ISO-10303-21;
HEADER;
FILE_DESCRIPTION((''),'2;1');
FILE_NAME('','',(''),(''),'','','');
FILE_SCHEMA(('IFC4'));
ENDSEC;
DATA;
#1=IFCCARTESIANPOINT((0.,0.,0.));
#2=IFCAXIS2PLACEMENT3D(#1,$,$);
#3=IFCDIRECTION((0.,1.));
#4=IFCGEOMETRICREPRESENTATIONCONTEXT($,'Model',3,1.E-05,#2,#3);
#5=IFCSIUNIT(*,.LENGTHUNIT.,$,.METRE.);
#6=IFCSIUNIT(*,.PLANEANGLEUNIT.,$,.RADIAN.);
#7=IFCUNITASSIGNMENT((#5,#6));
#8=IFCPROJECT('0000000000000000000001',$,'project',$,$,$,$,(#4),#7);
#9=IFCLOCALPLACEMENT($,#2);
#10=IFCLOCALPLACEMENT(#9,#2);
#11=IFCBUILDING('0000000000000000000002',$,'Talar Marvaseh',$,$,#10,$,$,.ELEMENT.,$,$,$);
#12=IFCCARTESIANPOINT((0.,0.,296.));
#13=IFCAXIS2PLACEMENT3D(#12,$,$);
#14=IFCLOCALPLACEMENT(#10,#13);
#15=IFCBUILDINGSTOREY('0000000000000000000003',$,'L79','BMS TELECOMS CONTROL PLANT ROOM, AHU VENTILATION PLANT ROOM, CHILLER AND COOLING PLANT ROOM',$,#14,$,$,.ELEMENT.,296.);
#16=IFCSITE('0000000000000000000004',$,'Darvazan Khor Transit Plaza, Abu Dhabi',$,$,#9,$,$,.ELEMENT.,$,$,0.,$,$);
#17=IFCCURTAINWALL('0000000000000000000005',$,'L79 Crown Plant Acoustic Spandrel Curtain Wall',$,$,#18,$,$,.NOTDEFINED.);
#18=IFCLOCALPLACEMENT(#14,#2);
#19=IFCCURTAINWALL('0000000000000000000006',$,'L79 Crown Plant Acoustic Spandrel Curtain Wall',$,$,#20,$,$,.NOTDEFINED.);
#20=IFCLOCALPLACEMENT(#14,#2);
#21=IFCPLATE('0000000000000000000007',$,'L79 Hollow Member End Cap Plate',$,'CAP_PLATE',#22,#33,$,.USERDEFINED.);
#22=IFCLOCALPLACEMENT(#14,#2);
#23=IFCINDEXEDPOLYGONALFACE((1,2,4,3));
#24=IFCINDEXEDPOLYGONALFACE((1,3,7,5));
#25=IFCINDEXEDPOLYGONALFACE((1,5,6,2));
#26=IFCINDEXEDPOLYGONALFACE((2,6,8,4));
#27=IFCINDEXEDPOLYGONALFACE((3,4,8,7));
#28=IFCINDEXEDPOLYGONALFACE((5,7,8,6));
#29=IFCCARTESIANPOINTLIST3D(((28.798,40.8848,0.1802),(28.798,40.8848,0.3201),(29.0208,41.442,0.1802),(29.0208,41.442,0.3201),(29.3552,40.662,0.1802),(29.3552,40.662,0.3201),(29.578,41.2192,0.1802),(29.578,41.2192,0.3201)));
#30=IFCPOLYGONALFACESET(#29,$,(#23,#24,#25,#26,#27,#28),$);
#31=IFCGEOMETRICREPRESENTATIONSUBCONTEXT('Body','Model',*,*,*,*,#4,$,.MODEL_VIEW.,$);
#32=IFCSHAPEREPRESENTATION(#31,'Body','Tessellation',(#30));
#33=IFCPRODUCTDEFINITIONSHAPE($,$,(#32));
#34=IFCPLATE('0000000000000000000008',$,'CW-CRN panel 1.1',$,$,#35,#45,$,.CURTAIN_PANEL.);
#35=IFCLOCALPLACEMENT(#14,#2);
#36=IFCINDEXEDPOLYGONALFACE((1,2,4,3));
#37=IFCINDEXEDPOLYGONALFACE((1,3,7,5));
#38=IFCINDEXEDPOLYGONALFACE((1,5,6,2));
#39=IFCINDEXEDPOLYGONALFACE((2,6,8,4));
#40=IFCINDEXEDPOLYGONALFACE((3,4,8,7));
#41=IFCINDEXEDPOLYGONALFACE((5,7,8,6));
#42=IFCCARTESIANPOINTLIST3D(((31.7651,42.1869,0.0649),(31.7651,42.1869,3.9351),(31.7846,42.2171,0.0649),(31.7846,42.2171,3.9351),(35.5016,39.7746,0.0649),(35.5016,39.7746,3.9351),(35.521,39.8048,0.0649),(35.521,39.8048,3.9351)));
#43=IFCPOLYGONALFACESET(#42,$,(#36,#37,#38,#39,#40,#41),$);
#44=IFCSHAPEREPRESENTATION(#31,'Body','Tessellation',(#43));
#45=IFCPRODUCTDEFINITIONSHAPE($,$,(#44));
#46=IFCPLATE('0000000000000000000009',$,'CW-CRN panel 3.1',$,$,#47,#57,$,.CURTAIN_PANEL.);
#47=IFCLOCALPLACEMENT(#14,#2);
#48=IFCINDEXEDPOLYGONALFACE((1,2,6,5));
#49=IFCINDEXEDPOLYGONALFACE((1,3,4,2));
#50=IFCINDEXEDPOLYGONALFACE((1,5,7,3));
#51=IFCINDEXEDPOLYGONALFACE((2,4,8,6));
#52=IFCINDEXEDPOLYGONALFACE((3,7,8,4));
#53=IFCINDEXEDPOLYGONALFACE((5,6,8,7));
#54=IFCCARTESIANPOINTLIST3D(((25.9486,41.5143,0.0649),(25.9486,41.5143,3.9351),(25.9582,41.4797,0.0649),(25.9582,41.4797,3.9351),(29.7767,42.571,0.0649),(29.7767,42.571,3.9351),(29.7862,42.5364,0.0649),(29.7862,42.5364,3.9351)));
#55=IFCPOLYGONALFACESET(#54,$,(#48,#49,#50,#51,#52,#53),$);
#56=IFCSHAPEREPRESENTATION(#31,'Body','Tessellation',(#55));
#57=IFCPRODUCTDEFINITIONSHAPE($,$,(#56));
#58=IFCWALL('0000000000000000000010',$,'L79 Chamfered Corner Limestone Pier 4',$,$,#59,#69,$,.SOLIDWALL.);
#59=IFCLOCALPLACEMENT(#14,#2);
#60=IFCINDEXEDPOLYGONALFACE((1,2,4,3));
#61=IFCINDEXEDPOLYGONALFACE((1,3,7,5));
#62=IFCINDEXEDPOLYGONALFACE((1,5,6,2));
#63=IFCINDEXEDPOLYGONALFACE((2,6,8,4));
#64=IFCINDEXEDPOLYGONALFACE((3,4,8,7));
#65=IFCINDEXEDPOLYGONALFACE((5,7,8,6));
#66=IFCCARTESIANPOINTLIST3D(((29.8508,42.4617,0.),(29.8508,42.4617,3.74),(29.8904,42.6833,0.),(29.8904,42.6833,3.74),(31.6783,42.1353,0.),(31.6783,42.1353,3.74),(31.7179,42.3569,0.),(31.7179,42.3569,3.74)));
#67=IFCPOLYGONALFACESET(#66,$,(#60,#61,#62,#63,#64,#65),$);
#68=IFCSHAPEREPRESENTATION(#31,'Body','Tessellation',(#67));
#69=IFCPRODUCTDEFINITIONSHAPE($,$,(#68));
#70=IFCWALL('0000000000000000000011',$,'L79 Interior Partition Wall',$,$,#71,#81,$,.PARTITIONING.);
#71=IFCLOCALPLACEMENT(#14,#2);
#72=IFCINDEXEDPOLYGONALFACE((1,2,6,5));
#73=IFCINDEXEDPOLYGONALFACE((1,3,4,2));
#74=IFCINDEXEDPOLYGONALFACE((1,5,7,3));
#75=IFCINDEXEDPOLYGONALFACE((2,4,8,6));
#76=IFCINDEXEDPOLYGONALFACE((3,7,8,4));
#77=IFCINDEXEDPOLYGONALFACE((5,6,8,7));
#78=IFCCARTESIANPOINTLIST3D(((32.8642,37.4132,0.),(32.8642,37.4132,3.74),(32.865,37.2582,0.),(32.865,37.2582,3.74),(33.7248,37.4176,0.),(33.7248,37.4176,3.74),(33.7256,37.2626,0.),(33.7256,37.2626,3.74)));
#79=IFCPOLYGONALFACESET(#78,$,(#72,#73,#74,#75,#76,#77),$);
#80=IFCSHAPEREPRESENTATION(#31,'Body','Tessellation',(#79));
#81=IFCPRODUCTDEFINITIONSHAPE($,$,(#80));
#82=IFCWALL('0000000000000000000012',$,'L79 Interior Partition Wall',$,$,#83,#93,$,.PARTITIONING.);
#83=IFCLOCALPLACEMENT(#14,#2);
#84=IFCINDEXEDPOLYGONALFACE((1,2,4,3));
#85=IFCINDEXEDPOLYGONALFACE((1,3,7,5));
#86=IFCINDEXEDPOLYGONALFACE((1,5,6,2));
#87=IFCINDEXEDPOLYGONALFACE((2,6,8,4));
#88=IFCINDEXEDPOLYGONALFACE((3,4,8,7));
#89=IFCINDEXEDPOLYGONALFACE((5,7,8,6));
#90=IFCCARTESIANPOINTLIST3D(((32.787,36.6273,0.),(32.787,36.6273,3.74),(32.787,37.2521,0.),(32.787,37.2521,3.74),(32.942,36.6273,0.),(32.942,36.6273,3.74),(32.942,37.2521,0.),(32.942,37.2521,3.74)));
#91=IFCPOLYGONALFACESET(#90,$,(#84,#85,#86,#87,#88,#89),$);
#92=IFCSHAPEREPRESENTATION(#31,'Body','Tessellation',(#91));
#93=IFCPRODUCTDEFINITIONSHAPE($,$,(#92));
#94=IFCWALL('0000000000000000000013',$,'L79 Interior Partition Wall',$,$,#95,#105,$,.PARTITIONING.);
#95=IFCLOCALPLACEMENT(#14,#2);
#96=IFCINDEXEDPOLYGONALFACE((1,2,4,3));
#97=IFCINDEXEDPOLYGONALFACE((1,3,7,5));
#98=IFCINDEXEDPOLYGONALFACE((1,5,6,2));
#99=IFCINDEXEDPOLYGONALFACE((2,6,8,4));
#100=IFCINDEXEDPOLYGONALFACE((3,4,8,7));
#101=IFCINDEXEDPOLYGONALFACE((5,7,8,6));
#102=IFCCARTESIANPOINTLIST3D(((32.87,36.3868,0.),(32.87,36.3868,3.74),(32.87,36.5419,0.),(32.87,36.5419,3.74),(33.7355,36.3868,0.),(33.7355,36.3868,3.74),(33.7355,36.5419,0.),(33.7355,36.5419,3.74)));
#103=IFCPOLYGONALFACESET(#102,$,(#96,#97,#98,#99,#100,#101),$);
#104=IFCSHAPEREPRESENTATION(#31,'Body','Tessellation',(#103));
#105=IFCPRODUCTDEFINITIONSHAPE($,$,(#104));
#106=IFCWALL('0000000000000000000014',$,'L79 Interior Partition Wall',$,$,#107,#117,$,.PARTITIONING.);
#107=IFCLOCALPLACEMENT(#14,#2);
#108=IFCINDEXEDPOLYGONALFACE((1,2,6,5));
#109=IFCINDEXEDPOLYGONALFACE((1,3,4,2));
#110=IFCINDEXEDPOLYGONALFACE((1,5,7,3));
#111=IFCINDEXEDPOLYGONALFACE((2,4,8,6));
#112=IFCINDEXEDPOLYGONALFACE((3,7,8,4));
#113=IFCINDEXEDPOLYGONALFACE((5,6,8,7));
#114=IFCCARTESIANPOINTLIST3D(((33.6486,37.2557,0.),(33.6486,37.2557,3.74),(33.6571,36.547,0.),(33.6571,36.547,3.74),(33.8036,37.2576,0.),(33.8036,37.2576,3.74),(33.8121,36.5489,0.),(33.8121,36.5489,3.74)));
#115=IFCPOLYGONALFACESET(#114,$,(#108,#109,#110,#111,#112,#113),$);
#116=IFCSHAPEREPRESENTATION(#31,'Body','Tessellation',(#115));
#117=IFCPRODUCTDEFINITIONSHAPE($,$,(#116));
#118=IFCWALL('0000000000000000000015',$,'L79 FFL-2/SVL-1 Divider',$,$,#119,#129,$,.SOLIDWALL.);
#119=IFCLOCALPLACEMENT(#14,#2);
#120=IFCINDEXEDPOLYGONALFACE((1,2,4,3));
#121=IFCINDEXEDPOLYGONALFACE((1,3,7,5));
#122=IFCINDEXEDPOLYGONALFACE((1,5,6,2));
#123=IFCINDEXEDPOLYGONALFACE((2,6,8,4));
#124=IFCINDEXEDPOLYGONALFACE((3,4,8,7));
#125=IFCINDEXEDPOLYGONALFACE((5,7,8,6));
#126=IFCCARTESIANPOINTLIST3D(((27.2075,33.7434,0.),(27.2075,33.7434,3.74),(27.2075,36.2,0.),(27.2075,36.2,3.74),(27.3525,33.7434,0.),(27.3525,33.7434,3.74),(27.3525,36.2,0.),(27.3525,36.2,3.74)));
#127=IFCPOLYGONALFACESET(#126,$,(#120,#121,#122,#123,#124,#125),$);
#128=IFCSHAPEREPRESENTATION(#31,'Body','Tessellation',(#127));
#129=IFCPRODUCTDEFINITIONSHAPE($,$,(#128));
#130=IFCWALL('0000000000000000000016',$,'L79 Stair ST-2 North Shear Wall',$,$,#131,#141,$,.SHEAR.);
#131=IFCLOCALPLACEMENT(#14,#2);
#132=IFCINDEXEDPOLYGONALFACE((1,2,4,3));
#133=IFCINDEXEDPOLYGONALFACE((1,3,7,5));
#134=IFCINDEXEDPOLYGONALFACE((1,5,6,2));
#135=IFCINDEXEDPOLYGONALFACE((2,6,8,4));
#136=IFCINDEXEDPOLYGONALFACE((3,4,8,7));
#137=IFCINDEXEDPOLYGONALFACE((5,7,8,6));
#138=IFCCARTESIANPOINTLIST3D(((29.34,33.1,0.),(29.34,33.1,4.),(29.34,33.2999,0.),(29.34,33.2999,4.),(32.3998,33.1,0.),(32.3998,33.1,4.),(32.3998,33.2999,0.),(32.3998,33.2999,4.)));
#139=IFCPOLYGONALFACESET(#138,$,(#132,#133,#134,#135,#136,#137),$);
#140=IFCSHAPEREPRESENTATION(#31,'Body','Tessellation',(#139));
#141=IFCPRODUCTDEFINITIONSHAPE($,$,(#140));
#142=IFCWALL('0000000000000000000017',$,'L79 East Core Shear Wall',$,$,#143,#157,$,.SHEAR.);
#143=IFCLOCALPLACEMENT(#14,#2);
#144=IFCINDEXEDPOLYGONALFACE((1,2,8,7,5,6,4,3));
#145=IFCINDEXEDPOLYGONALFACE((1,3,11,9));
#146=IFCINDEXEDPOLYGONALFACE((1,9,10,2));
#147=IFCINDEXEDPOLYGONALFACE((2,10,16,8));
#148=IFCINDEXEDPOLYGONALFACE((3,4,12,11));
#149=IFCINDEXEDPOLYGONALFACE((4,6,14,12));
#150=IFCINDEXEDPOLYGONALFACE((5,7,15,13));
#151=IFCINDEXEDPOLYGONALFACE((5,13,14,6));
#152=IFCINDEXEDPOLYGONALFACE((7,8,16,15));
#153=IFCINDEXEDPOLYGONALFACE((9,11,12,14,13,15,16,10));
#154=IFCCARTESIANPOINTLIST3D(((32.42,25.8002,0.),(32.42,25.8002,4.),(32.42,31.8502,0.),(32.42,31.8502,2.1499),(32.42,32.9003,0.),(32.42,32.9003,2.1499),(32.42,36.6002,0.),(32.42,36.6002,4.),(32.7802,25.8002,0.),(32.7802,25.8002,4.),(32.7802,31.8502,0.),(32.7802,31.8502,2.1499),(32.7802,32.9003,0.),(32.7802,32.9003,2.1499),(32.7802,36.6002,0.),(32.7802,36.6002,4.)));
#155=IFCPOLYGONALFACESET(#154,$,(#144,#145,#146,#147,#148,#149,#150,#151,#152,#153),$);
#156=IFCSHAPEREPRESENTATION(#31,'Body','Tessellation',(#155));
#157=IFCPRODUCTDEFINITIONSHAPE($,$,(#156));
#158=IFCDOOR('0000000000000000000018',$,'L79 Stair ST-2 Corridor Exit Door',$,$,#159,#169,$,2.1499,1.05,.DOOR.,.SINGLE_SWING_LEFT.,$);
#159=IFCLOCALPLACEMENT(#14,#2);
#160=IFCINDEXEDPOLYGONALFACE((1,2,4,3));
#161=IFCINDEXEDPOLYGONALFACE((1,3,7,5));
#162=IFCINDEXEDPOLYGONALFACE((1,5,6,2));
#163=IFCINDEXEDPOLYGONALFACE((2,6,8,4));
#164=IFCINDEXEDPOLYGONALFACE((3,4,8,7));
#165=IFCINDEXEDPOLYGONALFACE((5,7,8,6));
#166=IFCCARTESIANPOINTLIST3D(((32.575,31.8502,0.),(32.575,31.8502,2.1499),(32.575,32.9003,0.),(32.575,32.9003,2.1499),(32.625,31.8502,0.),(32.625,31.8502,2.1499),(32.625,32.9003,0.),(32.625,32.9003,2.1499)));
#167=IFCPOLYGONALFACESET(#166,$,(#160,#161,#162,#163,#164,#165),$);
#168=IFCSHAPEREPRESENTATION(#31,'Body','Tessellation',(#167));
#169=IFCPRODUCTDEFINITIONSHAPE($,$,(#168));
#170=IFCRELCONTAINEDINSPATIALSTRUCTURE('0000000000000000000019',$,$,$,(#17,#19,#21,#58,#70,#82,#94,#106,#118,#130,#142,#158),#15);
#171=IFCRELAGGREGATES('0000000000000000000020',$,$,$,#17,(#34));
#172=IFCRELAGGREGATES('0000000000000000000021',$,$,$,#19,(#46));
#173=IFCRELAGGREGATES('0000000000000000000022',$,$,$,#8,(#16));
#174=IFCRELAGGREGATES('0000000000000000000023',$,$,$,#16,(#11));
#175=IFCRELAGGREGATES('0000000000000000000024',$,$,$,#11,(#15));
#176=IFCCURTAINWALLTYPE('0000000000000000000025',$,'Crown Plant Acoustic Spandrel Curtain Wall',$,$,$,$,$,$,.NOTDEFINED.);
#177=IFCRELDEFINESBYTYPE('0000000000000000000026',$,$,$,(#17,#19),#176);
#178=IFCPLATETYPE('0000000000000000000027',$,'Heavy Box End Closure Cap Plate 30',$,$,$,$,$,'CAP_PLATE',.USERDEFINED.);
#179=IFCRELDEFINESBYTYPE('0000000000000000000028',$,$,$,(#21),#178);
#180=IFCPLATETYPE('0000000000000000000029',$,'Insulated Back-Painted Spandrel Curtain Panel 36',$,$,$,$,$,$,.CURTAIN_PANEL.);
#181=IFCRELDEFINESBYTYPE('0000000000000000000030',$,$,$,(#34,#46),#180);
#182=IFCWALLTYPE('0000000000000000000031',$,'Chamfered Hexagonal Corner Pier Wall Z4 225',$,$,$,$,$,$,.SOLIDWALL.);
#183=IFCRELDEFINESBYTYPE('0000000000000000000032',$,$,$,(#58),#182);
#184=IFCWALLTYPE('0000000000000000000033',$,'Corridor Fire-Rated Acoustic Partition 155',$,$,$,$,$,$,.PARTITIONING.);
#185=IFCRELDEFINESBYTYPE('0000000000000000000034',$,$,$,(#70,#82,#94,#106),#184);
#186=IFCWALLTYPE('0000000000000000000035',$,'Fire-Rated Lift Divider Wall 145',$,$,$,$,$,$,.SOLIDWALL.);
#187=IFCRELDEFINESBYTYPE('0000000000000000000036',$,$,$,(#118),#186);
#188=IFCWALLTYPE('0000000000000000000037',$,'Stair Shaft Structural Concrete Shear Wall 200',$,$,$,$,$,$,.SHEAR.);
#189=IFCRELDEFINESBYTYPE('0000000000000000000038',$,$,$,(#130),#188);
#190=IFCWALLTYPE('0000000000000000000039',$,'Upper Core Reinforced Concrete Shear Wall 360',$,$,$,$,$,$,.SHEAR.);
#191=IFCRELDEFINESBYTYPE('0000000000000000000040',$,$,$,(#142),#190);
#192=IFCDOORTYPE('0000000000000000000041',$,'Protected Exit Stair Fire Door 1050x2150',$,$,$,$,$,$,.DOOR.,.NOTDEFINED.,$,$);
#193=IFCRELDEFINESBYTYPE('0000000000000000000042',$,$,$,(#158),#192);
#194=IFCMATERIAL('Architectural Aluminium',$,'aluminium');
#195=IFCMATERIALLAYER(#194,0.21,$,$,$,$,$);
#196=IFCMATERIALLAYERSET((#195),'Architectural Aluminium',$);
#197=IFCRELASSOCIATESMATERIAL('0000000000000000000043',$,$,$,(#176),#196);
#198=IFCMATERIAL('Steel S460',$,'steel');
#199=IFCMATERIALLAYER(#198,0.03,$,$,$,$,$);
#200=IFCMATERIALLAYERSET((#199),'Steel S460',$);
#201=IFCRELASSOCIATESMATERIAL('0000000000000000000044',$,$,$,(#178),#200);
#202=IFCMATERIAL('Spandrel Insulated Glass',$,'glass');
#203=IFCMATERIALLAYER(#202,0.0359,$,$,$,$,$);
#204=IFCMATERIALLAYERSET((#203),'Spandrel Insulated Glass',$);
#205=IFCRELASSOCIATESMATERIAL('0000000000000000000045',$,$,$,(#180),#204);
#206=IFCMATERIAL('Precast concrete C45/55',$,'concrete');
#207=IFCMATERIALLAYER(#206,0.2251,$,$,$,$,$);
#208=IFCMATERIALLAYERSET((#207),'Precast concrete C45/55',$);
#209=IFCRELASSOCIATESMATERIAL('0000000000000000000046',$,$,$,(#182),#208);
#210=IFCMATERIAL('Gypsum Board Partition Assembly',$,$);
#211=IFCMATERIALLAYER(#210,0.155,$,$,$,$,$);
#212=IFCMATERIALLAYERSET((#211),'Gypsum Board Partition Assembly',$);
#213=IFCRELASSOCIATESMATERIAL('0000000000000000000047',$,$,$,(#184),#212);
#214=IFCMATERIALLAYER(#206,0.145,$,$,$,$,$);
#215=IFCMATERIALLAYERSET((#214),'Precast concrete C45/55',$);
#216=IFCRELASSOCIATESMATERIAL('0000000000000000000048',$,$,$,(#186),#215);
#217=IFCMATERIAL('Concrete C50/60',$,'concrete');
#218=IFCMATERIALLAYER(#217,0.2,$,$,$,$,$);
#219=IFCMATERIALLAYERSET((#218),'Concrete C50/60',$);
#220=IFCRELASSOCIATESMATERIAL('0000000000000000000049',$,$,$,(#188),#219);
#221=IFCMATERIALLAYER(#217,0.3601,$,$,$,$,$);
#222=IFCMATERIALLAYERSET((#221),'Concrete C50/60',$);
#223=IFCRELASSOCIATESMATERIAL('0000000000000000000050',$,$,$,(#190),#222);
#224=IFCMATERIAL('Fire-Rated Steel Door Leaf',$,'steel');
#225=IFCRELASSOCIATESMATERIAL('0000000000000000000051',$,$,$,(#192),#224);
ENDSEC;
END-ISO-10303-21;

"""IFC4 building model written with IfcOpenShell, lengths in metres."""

from ifc_helpers import new_model, si_unit, direction, frame, frame_2d, origin, origin_2d, place, context, subcontext, project, spatial, rectangle, extrude, source, transform, mapped, material, layer, layer_set, type_object, type_shapes, element, fill, aggregate, save


model = new_model("IFC4")

# Units and contexts
model_context = context("Model", 3, precision=1e-05, world=origin(), true_north=direction((0.0, 1.0)))
body_context = subcontext(model_context, "Body", "Model", "MODEL_VIEW")
ifc_project = project(units=[si_unit("LENGTHUNIT", "METRE"), si_unit("PLANEANGLEUNIT", "RADIAN")], contexts=[model_context])

# Site, building, storey
site_placement = place(None, origin())
site = spatial("IfcSite", under=ifc_project, at=site_placement, Name="Darvazan Khor Transit Plaza, Abu Dhabi", CompositionType="ELEMENT", RefElevation=0.0)
building_placement = place(site_placement, origin())
building = spatial("IfcBuilding", under=site, at=building_placement, Name="Talar Marvaseh", CompositionType="ELEMENT")
storey_placement = place(building_placement, frame((0.0, 0.0, 296.0)))
storey = spatial("IfcBuildingStorey", under=building, at=storey_placement, Name="L79", Description="BMS TELECOMS CONTROL PLANT ROOM, AHU VENTILATION PLANT ROOM, CHILLER AND COOLING PLANT ROOM", CompositionType="ELEMENT", Elevation=296.0)

# Shared definitions
ifc_material_1 = material(Name="Steel S460", Category="steel")
ifc_material_2 = material(Name="Concrete C50/60", Category="concrete")

# Curtain walls
ifc_material_3 = material(Name="Architectural Aluminium", Category="aluminium")
ifc_layer_1 = layer(ifc_material_3, 0.21)
ifc_layer_set_1 = layer_set([ifc_layer_1], Name="Architectural Aluminium")
curtain_wall_type = type_object("IfcCurtainWallType", Name="Crown Plant Acoustic Spandrel Curtain Wall", PredefinedType="NOTDEFINED", material=ifc_layer_set_1)
curtain_wall_1_placement = place(storey_placement, origin())
curtain_wall_1 = element("IfcCurtainWall", 1, at=curtain_wall_1_placement, inside=storey, type_object=curtain_wall_type, Name="L79 Crown Plant Acoustic Spandrel Curtain Wall", PredefinedType="NOTDEFINED")
curtain_wall_2_placement = place(storey_placement, origin())
curtain_wall_2 = element("IfcCurtainWall", 2, at=curtain_wall_2_placement, inside=storey, type_object=curtain_wall_type, Name="L79 Crown Plant Acoustic Spandrel Curtain Wall", PredefinedType="NOTDEFINED")

# Plates
ifc_layer_2 = layer(ifc_material_1, 0.03)
ifc_layer_set_2 = layer_set([ifc_layer_2], Name="Steel S460")
plate_type_1 = type_object("IfcPlateType", Name="Heavy Box End Closure Cap Plate 30", ElementType="CAP_PLATE", PredefinedType="USERDEFINED", material=ifc_layer_set_2)
shared_shape_1 = source(origin(), body_context, "Body", "SweptSolid", [
    extrude(rectangle(XDim=0.6001, YDim=0.6001, at=origin_2d()), origin(), (0.0, 0.0, 1.0), 0.1399),
])
type_shapes(plate_type_1, [shared_shape_1])
plate_1_placement = place(storey_placement, frame((29.188, 41.052, 0.1802), z_axis=(0.0, 0.0, 1.0), x_axis=(0.928486, -0.371368, 0.0)))
element("IfcPlate", 3, at=plate_1_placement, inside=storey, type_object=plate_type_1, Name="L79 Hollow Member End Cap Plate", ObjectType="CAP_PLATE", PredefinedType="USERDEFINED", context=body_context, shape_type="MappedRepresentation", body=[
    mapped(shared_shape_1, transform((0.0, 0.0, 0.0), x_axis=(1.0, 0.0, 0.0), y_axis=(0.0, 1.0, 0.0), z_axis=(0.0, 0.0, 1.0), scale=1.0)),
])
ifc_material_4 = material(Name="Spandrel Insulated Glass", Category="glass")
ifc_layer_3 = layer(ifc_material_4, 0.0359)
ifc_layer_set_3 = layer_set([ifc_layer_3], Name="Spandrel Insulated Glass")
plate_type_2 = type_object("IfcPlateType", Name="Insulated Back-Painted Spandrel Curtain Panel 36", PredefinedType="CURTAIN_PANEL", material=ifc_layer_set_3)
shared_shape_2 = source(origin(), body_context, "Body", "SweptSolid", [
    extrude(rectangle(XDim=4.4475, YDim=0.0359, at=origin_2d()), origin(), (0.0, 0.0, 1.0), 3.8701),
])
plate_2_placement = place(storey_placement, frame((33.6431, 40.9958, 0.0649), z_axis=(0.0, 0.0, 1.0), x_axis=(0.840128, -0.542388, 0.0)))
plate_2 = element("IfcPlate", 4, at=plate_2_placement, type_object=plate_type_2, Name="CW-CRN panel 1.1", PredefinedType="CURTAIN_PANEL", context=body_context, shape_type="MappedRepresentation", body=[
    mapped(shared_shape_2, transform((0.0, 0.0, 0.0), x_axis=(1.0, 0.0, 0.0), y_axis=(0.0, 1.0, 0.0), z_axis=(0.0, 0.0, 1.0), scale=1.0)),
])
aggregate(curtain_wall_1, [plate_2])
shared_shape_3 = source(origin(), body_context, "Body", "SweptSolid", [
    extrude(rectangle(XDim=3.9712, YDim=0.0359, at=origin_2d()), origin(), (0.0, 0.0, 1.0), 3.8701),
])
type_shapes(plate_type_2, [shared_shape_2, shared_shape_3])
plate_3_placement = place(storey_placement, frame((27.8674, 42.0254, 0.0649), z_axis=(0.0, 0.0, 1.0), x_axis=(0.963948, 0.266091, 0.0)))
plate_3 = element("IfcPlate", 5, at=plate_3_placement, type_object=plate_type_2, Name="CW-CRN panel 3.1", PredefinedType="CURTAIN_PANEL", context=body_context, shape_type="MappedRepresentation", body=[
    mapped(shared_shape_3, transform((0.0, 0.0, 0.0), x_axis=(1.0, 0.0, 0.0), y_axis=(0.0, 1.0, 0.0), z_axis=(0.0, 0.0, 1.0), scale=1.0)),
])
aggregate(curtain_wall_2, [plate_3])

# Walls
ifc_material_5 = material(Name="Precast concrete C45/55", Category="concrete")
ifc_layer_4 = layer(ifc_material_5, 0.2251)
ifc_layer_set_4 = layer_set([ifc_layer_4], Name="Precast concrete C45/55")
wall_type_1 = type_object("IfcWallType", Name="Chamfered Hexagonal Corner Pier Wall Z4 225", PredefinedType="SOLIDWALL", material=ifc_layer_set_4)
wall_1_placement = place(storey_placement, frame((29.8706, 42.5725, 0.0), z_axis=(0.0, 0.0, 1.0), x_axis=(0.984423, -0.175818, 0.0)))
element("IfcWall", 6, at=wall_1_placement, inside=storey, type_object=wall_type_1, Name="L79 Chamfered Corner Limestone Pier 4", PredefinedType="SOLIDWALL", context=body_context, shape_type="SweptSolid", body=[
    extrude(rectangle(XDim=1.8564, YDim=0.2251, at=frame_2d((0.9282, 0.0))), origin(), (0.0, 0.0, 1.0), 3.74),
])
ifc_material_6 = material(Name="Gypsum Board Partition Assembly")
ifc_layer_5 = layer(ifc_material_6, 0.155)
ifc_layer_set_5 = layer_set([ifc_layer_5], Name="Gypsum Board Partition Assembly")
wall_type_2 = type_object("IfcWallType", Name="Corridor Fire-Rated Acoustic Partition 155", PredefinedType="PARTITIONING", material=ifc_layer_set_5)
wall_2_placement = place(storey_placement, frame((33.7251, 37.3401, 0.0), z_axis=(0.0, 0.0, 1.0), x_axis=(-0.999987, -0.005106, 0.0)))
element("IfcWall", 7, at=wall_2_placement, inside=storey, type_object=wall_type_2, Name="L79 Interior Partition Wall", PredefinedType="PARTITIONING", context=body_context, shape_type="SweptSolid", body=[
    extrude(rectangle(XDim=0.8606, YDim=0.155, at=frame_2d((0.4302, 0.0))), origin(), (0.0, 0.0, 1.0), 3.74),
])
wall_3_placement = place(storey_placement, frame((32.8645, 37.2522, 0.0), z_axis=(0.0, 0.0, 1.0), x_axis=(0.0, -1.0, 0.0)))
element("IfcWall", 8, at=wall_3_placement, inside=storey, type_object=wall_type_2, Name="L79 Interior Partition Wall", PredefinedType="PARTITIONING", context=body_context, shape_type="SweptSolid", body=[
    extrude(rectangle(XDim=0.6248, YDim=0.155, at=frame_2d((0.3125, 0.0))), origin(), (0.0, 0.0, 1.0), 3.74),
])
wall_4_placement = place(storey_placement, frame((32.8701, 36.4644, 0.0), z_axis=(0.0, 0.0, 1.0), x_axis=(1.0, 0.0, 0.0)))
element("IfcWall", 9, at=wall_4_placement, inside=storey, type_object=wall_type_2, Name="L79 Interior Partition Wall", PredefinedType="PARTITIONING", context=body_context, shape_type="SweptSolid", body=[
    extrude(rectangle(XDim=0.8655, YDim=0.155, at=frame_2d((0.4326, 0.0))), origin(), (0.0, 0.0, 1.0), 3.74),
])
wall_5_placement = place(storey_placement, frame((33.7346, 36.5479, 0.0), z_axis=(0.0, 0.0, 1.0), x_axis=(-0.012056, 0.999927, 0.0)))
element("IfcWall", 10, at=wall_5_placement, inside=storey, type_object=wall_type_2, Name="L79 Interior Partition Wall", PredefinedType="PARTITIONING", context=body_context, shape_type="SweptSolid", body=[
    extrude(rectangle(XDim=0.7087, YDim=0.155, at=frame_2d((0.3545, 0.0))), origin(), (0.0, 0.0, 1.0), 3.74),
])
ifc_layer_6 = layer(ifc_material_5, 0.145)
ifc_layer_set_6 = layer_set([ifc_layer_6], Name="Precast concrete C45/55")
wall_type_3 = type_object("IfcWallType", Name="Fire-Rated Lift Divider Wall 145", PredefinedType="SOLIDWALL", material=ifc_layer_set_6)
wall_6_placement = place(storey_placement, frame((27.28, 33.7434, 0.0), z_axis=(0.0, 0.0, 1.0), x_axis=(0.0, 1.0, 0.0)))
element("IfcWall", 11, at=wall_6_placement, inside=storey, type_object=wall_type_3, Name="L79 FFL-2/SVL-1 Divider", PredefinedType="SOLIDWALL", context=body_context, shape_type="SweptSolid", body=[
    extrude(rectangle(XDim=2.4565, YDim=0.145, at=frame_2d((1.2283, 0.0))), origin(), (0.0, 0.0, 1.0), 3.74),
])
ifc_layer_7 = layer(ifc_material_2, 0.2)
ifc_layer_set_7 = layer_set([ifc_layer_7], Name="Concrete C50/60")
wall_type_4 = type_object("IfcWallType", Name="Stair Shaft Structural Concrete Shear Wall 200", PredefinedType="SHEAR", material=ifc_layer_set_7)
wall_7_placement = place(storey_placement, frame((29.3401, 33.2, 0.0), z_axis=(0.0, 0.0, 1.0), x_axis=(1.0, 0.0, 0.0)))
element("IfcWall", 12, at=wall_7_placement, inside=storey, type_object=wall_type_4, Name="L79 Stair ST-2 North Shear Wall", PredefinedType="SHEAR", context=body_context, shape_type="SweptSolid", body=[
    extrude(rectangle(XDim=3.0598, YDim=0.2, at=frame_2d((1.5298, 0.0))), origin(), (0.0, 0.0, 1.0), 4.0),
])

# Wall, opening, door
ifc_layer_8 = layer(ifc_material_2, 0.3601)
ifc_layer_set_8 = layer_set([ifc_layer_8], Name="Concrete C50/60")
wall_type_5 = type_object("IfcWallType", Name="Upper Core Reinforced Concrete Shear Wall 360", PredefinedType="SHEAR", material=ifc_layer_set_8)
wall_8_placement = place(storey_placement, frame((32.6001, 36.6001, 0.0), z_axis=(0.0, 0.0, 1.0), x_axis=(0.0, -1.0, 0.0)))
wall_8 = element("IfcWall", 13, at=wall_8_placement, inside=storey, type_object=wall_type_5, Name="L79 East Core Shear Wall", PredefinedType="SHEAR", context=body_context, shape_type="SweptSolid", body=[
    extrude(rectangle(XDim=10.8, YDim=0.3601, at=frame_2d((5.3999, 0.0))), origin(), (0.0, 0.0, 1.0), 4.0),
])
opening_placement = place(wall_8_placement, frame((3.7, 0.0, 0.0)))
opening = element("IfcOpeningElement", 14, at=opening_placement, cuts=wall_8, PredefinedType="OPENING", context=body_context, shape_type="SweptSolid", body=[
    extrude(rectangle(XDim=1.05, YDim=2.1499, at=frame_2d((0.5249, 1.075))), frame((0.0, 0.1899, 0.0), z_axis=(0.0, -1.0, 0.0), x_axis=(1.0, 0.0, 0.0)), (0.0, 0.0, 1.0), 0.3801),
])
ifc_material_7 = material(Name="Fire-Rated Steel Door Leaf", Category="steel")
door_type = type_object("IfcDoorType", Name="Protected Exit Stair Fire Door 1050x2150", OperationType="NOTDEFINED", PredefinedType="DOOR", material=ifc_material_7)
shared_shape_4 = source(origin(), body_context, "Body", "SweptSolid", [
    extrude(rectangle(XDim=1.05, YDim=2.1499, at=frame_2d((0.5249, 1.075))), frame((0.0, 0.0249, 0.0), z_axis=(0.0, -1.0, 0.0), x_axis=(1.0, 0.0, 0.0)), (0.0, 0.0, 1.0), 0.05),
])
type_shapes(door_type, [shared_shape_4])
door_placement = place(opening_placement, origin())
door = element("IfcDoor", 15, at=door_placement, inside=storey, type_object=door_type, Name="L79 Stair ST-2 Corridor Exit Door", OperationType="SINGLE_SWING_LEFT", OverallHeight=2.1499, OverallWidth=1.05, PredefinedType="DOOR", context=body_context, shape_type="MappedRepresentation", body=[
    mapped(shared_shape_4, transform((0.0, 0.0, 0.0), x_axis=(1.0, 0.0, 0.0), y_axis=(0.0, 1.0, 0.0), z_axis=(0.0, 0.0, 1.0), scale=1.0)),
])
fill(opening, door)

save(model, "model.ifc")
